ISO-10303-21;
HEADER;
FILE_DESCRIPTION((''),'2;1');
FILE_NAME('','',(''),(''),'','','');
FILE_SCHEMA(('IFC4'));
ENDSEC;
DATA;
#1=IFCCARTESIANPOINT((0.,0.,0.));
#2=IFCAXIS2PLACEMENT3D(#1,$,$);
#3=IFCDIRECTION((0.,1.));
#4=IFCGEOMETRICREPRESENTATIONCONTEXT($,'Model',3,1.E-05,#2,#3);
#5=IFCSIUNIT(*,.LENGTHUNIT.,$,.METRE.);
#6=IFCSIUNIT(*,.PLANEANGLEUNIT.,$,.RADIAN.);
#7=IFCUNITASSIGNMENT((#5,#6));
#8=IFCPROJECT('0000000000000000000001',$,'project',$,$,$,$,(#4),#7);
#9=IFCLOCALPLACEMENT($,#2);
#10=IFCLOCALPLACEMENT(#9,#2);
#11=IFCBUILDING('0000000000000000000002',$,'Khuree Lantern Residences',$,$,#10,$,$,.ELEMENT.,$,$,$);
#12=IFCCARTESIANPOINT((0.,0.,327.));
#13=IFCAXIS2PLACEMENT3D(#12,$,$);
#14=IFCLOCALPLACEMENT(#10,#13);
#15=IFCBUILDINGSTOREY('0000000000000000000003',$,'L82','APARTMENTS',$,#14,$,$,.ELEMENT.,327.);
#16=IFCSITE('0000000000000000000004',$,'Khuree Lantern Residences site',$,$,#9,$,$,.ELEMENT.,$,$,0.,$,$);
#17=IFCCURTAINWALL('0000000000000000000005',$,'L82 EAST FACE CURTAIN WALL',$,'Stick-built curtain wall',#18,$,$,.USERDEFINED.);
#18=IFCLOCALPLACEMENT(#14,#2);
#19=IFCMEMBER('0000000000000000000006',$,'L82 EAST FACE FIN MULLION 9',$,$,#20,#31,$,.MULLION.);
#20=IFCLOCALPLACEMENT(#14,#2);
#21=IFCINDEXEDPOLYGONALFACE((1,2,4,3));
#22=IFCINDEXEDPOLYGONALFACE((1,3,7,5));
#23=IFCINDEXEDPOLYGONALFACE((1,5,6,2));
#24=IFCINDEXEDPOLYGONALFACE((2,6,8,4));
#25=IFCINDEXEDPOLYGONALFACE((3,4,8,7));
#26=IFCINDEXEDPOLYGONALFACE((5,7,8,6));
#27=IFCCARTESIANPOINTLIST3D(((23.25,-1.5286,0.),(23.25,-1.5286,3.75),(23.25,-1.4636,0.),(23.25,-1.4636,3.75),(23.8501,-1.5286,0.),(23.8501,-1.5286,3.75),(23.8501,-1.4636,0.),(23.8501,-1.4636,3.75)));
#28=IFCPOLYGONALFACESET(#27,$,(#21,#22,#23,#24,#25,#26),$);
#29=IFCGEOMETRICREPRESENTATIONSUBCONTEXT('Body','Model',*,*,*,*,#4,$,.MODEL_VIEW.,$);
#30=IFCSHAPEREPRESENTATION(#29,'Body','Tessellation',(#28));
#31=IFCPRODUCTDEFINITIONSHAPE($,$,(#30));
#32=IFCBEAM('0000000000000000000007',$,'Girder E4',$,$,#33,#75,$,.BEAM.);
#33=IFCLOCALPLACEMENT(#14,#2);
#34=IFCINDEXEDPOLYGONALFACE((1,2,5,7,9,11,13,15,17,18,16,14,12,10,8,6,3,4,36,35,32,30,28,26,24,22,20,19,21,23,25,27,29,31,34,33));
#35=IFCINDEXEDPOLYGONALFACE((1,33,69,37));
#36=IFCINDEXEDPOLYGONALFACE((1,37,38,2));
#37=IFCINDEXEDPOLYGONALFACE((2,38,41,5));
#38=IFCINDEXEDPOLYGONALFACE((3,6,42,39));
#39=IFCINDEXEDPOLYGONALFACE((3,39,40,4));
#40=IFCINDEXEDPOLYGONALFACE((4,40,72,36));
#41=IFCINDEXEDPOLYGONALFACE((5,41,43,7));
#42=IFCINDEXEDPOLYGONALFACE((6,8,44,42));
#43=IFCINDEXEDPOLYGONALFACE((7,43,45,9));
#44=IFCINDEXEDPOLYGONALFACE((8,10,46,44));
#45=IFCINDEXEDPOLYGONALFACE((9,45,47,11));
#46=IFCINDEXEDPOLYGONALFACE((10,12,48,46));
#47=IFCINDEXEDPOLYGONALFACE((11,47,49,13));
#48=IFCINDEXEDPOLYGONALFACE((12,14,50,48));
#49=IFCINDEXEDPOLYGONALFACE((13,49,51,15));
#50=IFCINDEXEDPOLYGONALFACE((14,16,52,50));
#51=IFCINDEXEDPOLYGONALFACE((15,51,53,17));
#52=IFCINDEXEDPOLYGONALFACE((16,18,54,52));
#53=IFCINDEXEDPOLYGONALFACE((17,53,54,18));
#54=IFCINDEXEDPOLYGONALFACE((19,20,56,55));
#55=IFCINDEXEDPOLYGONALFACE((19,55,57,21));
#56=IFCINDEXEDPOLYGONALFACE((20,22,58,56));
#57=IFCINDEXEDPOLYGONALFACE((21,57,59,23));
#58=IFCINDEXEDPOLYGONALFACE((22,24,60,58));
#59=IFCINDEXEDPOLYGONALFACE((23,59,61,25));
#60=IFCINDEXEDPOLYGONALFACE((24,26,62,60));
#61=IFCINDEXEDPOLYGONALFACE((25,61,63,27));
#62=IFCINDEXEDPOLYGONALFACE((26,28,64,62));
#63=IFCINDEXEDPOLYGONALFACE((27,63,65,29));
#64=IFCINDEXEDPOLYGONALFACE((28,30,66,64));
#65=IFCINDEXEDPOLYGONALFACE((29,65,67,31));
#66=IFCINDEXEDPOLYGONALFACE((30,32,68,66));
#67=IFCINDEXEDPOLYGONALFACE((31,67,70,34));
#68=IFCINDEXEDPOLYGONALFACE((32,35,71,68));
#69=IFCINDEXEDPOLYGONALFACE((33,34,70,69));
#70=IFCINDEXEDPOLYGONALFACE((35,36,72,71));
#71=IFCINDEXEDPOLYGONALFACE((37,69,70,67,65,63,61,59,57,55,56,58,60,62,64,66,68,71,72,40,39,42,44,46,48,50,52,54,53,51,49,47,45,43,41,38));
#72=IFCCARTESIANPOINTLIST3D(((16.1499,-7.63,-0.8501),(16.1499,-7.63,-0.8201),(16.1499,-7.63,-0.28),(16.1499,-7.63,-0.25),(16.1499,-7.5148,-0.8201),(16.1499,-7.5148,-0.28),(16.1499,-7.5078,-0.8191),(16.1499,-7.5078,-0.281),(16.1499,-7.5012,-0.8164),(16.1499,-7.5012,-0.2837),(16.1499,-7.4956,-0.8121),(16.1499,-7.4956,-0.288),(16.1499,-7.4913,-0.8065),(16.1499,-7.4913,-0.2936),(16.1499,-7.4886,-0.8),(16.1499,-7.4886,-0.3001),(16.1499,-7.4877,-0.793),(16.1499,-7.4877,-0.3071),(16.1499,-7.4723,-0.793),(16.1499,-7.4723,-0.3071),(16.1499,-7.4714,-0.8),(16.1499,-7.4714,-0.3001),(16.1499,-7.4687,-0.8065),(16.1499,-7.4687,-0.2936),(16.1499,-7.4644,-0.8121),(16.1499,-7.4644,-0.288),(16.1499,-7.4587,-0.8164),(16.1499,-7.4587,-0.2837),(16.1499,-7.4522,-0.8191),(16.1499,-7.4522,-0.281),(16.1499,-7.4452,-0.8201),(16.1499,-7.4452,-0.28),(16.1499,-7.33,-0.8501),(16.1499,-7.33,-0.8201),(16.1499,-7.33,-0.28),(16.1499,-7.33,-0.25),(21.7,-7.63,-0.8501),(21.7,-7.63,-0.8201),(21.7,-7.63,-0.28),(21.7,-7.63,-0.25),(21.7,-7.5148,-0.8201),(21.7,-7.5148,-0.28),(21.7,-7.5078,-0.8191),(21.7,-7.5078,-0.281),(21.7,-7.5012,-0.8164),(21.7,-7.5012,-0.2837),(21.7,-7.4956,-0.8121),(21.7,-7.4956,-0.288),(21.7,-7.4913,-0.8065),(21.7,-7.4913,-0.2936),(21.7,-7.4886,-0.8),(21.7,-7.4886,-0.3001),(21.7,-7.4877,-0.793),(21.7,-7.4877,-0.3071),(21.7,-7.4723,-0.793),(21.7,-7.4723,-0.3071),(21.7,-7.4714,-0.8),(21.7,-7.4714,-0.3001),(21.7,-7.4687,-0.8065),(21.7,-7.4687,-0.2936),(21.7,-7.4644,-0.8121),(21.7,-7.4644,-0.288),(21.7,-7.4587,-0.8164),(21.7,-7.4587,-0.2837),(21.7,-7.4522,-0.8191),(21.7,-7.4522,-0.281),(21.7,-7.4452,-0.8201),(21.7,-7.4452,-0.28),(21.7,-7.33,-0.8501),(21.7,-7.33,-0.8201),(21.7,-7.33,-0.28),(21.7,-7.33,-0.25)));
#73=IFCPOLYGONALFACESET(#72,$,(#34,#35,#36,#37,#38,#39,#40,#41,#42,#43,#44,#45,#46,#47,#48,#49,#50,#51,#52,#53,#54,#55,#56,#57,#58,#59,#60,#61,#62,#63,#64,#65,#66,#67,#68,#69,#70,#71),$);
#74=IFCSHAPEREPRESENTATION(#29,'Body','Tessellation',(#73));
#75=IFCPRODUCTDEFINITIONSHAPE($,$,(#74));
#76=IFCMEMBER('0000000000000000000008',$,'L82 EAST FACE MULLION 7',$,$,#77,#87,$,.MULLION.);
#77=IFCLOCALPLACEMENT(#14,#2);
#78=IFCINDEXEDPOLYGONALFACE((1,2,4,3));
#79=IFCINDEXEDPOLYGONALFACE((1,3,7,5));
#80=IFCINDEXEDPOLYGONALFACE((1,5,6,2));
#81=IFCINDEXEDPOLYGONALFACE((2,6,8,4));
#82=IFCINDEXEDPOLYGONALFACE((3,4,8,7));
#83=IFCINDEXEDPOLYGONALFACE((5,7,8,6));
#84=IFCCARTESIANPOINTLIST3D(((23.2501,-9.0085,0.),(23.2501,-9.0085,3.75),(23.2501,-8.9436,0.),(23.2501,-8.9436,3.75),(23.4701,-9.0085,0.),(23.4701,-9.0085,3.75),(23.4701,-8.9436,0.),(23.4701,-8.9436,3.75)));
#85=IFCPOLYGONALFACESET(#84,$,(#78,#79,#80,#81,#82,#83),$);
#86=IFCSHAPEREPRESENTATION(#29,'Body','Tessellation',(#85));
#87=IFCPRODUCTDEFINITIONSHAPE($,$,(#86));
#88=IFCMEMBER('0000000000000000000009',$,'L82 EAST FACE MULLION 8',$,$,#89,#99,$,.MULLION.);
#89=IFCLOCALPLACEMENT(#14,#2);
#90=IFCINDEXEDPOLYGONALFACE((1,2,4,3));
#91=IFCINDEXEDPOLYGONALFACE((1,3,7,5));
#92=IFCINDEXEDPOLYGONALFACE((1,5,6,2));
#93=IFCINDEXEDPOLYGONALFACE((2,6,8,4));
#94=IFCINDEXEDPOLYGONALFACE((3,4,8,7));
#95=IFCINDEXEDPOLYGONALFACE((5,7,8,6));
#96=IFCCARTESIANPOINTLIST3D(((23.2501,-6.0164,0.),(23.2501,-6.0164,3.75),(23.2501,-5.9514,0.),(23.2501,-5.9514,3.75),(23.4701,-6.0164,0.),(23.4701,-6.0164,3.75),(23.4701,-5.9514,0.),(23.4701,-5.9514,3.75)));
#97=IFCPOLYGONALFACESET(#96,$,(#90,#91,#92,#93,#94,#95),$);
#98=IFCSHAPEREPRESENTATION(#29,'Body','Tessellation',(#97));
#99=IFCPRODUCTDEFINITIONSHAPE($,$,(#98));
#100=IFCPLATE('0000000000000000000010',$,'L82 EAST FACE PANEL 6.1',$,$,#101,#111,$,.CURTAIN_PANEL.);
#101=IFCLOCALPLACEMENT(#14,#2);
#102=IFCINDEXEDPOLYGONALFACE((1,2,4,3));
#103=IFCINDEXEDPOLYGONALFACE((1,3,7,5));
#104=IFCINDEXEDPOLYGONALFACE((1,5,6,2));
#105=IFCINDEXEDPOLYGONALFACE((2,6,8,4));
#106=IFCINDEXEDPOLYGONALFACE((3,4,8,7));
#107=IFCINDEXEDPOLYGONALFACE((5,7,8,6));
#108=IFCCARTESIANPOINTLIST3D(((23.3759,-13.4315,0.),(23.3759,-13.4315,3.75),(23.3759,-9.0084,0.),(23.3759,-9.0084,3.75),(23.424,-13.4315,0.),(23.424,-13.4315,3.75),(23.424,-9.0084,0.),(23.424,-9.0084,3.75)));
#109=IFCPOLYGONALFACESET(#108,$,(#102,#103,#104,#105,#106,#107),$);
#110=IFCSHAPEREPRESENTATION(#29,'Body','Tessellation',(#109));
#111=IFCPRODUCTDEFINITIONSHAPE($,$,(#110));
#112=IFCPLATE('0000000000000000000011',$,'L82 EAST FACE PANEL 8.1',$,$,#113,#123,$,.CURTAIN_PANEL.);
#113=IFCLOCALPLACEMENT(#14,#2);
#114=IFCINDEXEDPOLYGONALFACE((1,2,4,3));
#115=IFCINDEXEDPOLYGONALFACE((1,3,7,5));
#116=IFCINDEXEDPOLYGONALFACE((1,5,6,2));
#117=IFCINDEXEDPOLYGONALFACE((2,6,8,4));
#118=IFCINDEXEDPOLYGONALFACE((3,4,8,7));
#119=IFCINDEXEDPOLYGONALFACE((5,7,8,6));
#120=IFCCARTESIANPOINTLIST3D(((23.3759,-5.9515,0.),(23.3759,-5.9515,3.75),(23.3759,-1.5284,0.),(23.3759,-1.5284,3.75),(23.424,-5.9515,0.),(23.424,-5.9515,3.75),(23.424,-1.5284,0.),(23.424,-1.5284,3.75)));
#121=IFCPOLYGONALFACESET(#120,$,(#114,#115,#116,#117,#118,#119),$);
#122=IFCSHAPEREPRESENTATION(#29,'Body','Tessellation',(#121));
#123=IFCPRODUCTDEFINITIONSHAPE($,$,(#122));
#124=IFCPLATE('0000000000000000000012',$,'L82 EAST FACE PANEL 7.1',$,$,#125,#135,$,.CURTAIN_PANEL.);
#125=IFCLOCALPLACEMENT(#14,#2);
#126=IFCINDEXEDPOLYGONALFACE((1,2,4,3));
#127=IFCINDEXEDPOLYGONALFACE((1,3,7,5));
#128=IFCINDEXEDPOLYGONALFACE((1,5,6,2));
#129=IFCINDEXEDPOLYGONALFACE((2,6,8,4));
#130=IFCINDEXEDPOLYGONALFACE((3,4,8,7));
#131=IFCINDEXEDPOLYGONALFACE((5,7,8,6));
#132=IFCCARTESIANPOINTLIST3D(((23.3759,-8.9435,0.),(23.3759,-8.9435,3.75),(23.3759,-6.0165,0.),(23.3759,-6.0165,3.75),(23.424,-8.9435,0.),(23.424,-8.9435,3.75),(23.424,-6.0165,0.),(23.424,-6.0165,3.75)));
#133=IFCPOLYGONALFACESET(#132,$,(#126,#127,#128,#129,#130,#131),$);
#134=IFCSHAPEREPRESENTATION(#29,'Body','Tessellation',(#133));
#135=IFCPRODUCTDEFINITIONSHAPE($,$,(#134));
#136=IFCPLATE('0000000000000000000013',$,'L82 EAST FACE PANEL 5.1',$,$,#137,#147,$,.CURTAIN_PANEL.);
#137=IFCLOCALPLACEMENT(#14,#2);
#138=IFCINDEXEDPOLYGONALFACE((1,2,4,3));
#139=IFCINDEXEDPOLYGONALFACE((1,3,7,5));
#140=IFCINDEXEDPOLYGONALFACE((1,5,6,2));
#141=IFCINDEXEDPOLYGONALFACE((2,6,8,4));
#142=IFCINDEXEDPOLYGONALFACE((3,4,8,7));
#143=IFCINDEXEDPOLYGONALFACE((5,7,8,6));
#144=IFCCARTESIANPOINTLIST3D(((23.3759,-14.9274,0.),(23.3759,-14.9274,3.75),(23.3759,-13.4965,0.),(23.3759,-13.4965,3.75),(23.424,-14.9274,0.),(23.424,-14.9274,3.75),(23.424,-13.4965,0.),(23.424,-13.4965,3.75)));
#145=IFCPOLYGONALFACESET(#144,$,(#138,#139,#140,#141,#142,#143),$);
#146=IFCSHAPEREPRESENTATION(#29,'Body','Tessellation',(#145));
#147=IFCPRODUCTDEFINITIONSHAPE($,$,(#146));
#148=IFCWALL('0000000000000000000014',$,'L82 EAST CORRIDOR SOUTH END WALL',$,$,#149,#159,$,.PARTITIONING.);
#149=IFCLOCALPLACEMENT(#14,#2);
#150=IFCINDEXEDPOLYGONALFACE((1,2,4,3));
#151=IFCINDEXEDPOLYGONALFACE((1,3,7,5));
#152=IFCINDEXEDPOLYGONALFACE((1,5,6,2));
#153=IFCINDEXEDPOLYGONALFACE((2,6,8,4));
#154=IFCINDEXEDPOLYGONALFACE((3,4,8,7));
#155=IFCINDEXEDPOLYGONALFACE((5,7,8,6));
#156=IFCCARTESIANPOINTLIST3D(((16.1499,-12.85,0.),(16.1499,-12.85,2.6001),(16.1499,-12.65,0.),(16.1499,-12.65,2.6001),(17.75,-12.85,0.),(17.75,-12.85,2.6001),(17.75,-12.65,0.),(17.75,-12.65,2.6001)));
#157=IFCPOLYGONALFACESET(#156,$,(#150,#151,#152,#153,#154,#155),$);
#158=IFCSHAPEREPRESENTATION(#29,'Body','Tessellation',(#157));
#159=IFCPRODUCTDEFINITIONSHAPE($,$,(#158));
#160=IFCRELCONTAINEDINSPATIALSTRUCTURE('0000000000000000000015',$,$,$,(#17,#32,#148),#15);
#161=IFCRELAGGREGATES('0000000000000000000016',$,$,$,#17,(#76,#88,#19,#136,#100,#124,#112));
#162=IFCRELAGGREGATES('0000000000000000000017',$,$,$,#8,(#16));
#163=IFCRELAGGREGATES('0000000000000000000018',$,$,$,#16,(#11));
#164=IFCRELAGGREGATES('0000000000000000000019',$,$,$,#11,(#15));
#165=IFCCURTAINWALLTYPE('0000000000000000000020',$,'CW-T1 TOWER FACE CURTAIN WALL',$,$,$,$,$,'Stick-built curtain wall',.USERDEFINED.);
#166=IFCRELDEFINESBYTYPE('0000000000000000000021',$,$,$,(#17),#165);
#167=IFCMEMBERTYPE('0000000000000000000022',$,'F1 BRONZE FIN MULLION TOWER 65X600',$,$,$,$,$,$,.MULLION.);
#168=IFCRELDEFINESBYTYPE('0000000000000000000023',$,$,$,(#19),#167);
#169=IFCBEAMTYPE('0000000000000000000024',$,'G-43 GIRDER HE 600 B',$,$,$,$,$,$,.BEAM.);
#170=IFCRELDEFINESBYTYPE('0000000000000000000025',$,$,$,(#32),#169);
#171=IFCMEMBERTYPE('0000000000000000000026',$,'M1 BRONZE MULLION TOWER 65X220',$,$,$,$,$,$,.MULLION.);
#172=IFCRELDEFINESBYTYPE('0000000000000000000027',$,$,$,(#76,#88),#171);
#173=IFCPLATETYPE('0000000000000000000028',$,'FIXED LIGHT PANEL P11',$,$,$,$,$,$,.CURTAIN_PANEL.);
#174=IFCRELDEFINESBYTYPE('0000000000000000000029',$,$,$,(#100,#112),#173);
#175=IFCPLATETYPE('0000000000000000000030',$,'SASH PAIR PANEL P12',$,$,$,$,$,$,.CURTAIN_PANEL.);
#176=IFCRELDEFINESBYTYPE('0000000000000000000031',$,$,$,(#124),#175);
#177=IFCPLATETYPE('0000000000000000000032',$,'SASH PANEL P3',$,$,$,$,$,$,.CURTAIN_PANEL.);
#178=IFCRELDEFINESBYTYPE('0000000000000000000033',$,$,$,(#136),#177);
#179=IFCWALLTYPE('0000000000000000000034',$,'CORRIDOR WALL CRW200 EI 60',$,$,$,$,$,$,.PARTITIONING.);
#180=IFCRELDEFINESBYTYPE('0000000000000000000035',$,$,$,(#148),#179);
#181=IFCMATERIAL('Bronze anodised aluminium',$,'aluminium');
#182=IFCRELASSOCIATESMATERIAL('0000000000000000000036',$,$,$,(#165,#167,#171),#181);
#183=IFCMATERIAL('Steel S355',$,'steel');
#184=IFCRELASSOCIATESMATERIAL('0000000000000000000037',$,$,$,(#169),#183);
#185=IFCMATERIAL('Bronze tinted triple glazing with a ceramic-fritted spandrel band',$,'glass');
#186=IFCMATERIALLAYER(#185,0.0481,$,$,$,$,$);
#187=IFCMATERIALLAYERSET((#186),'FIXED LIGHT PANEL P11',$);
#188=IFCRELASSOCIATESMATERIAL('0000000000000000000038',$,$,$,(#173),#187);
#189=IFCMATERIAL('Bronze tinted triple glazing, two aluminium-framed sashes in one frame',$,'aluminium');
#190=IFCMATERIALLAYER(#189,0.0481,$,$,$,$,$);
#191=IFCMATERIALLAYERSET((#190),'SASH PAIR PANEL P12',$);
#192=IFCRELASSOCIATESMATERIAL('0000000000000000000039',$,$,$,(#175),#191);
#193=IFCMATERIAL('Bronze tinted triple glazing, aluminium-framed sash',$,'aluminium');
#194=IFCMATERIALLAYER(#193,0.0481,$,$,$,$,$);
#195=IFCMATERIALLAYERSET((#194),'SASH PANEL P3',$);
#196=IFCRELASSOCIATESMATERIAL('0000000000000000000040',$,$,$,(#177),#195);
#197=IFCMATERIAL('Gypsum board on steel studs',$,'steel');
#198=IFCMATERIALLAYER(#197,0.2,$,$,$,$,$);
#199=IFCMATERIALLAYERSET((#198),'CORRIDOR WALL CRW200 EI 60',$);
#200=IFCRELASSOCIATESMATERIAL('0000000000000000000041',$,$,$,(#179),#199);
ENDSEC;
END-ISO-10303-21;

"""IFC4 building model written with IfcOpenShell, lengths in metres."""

from ifc_helpers import new_model, si_unit, direction, frame, frame_2d, origin, origin_2d, place, context, subcontext, project, spatial, rectangle, i_section, extrude, material, layer, layer_set, material_profile, profile_set, type_object, element, aggregate, save


model = new_model("IFC4")

# Units and contexts
model_context = context("Model", 3, precision=1e-05, world=origin(), true_north=direction((0.0, 1.0)))
body_context = subcontext(model_context, "Body", "Model", "MODEL_VIEW")
ifc_project = project(units=[si_unit("LENGTHUNIT", "METRE"), si_unit("PLANEANGLEUNIT", "RADIAN")], contexts=[model_context])

# Site, building, storey
site_placement = place(None, origin())
site = spatial("IfcSite", under=ifc_project, at=site_placement, Name="Khuree Lantern Residences site", CompositionType="ELEMENT", RefElevation=0.0)
building_placement = place(site_placement, origin())
building = spatial("IfcBuilding", under=site, at=building_placement, Name="Khuree Lantern Residences", CompositionType="ELEMENT")
storey_placement = place(building_placement, frame((0.0, 0.0, 327.0)))
storey = spatial("IfcBuildingStorey", under=building, at=storey_placement, Name="L82", Description="APARTMENTS", CompositionType="ELEMENT", Elevation=327.0)

# Shared definitions
ifc_material_1 = material(Name="Steel S355", Category="steel")

# Curtain wall, member
ifc_material_2 = material(Name="Bronze anodised aluminium", Category="aluminium")
curtain_wall_type = type_object("IfcCurtainWallType", Name="CW-T1 TOWER FACE CURTAIN WALL", ElementType="Stick-built curtain wall", PredefinedType="USERDEFINED", material=ifc_material_2)
curtain_wall_placement = place(storey_placement, origin())
curtain_wall = element("IfcCurtainWall", 1, at=curtain_wall_placement, inside=storey, type_object=curtain_wall_type, Name="L82 EAST FACE CURTAIN WALL", ObjectType="Stick-built curtain wall", PredefinedType="USERDEFINED")
ifc_material_profile_1 = material_profile(ifc_material_2, rectangle(XDim=0.0649, YDim=0.6001, at=origin_2d()), Name="F1 65X600")
ifc_profile_set_1 = profile_set([ifc_material_profile_1], Name="Bronze anodised aluminium")
member_type_1 = type_object("IfcMemberType", Name="F1 BRONZE FIN MULLION TOWER 65X600", PredefinedType="MULLION", material=ifc_profile_set_1)
member_1_placement = place(storey_placement, frame((23.55, -1.4961, 0.0), z_axis=(0.0, 0.0, 1.0), x_axis=(0.0, 1.0, 0.0)))
member_1 = element("IfcMember", 2, at=member_1_placement, type_object=member_type_1, Name="L82 EAST FACE FIN MULLION 9", PredefinedType="MULLION", context=body_context, shape_type="SweptSolid", body=[
    extrude(rectangle(XDim=0.0649, YDim=0.6001, at=origin_2d()), origin(), (0.0, 0.0, 1.0), 3.75),
])

# Beam
ifc_material_profile_2 = material_profile(ifc_material_1, i_section(OverallWidth=0.3, OverallDepth=0.6001, WebThickness=0.0154, FlangeThickness=0.03, FilletRadius=0.0271, at=origin_2d()), Name="HE 600 B")
ifc_profile_set_2 = profile_set([ifc_material_profile_2], Name="Steel S355")
beam_type_1 = type_object("IfcBeamType", Name="G-43 GIRDER HE 600 B", PredefinedType="BEAM", material=ifc_profile_set_2)
beam_1_placement = place(storey_placement, frame((21.7, -7.48, -0.55), z_axis=(-1.0, 0.0, 0.0), x_axis=(0.0, -1.0, 0.0)))
element("IfcBeam", 3, at=beam_1_placement, inside=storey, type_object=beam_type_1, Name="Girder E4", PredefinedType="BEAM", context=body_context, shape_type="SweptSolid", body=[
    extrude(i_section(OverallWidth=0.3, OverallDepth=0.6001, WebThickness=0.0154, FlangeThickness=0.03, FilletRadius=0.0271, at=origin_2d()), origin(), (0.0, 0.0, 1.0), 5.55),
])

# Members
ifc_material_profile_3 = material_profile(ifc_material_2, rectangle(XDim=0.0649, YDim=0.22, at=origin_2d()), Name="M1 65X220")
ifc_profile_set_3 = profile_set([ifc_material_profile_3], Name="Bronze anodised aluminium")
member_type_2 = type_object("IfcMemberType", Name="M1 BRONZE MULLION TOWER 65X220", PredefinedType="MULLION", material=ifc_profile_set_3)
member_2_placement = place(storey_placement, frame((23.3601, -8.9761, 0.0), z_axis=(0.0, 0.0, 1.0), x_axis=(0.0, 1.0, 0.0)))
member_2 = element("IfcMember", 4, at=member_2_placement, type_object=member_type_2, Name="L82 EAST FACE MULLION 7", PredefinedType="MULLION", context=body_context, shape_type="SweptSolid", body=[
    extrude(rectangle(XDim=0.0649, YDim=0.22, at=origin_2d()), origin(), (0.0, 0.0, 1.0), 3.75),
])
member_3_placement = place(storey_placement, frame((23.3601, -5.9839, 0.0), z_axis=(0.0, 0.0, 1.0), x_axis=(0.0, 1.0, 0.0)))
member_3 = element("IfcMember", 5, at=member_3_placement, type_object=member_type_2, Name="L82 EAST FACE MULLION 8", PredefinedType="MULLION", context=body_context, shape_type="SweptSolid", body=[
    extrude(rectangle(XDim=0.0649, YDim=0.22, at=origin_2d()), origin(), (0.0, 0.0, 1.0), 3.75),
])

# Plates
ifc_material_3 = material(Name="Bronze tinted triple glazing with a ceramic-fritted spandrel band", Category="glass")
ifc_layer_1 = layer(ifc_material_3, 0.0481)
ifc_layer_set_1 = layer_set([ifc_layer_1], Name="FIXED LIGHT PANEL P11")
plate_type_1 = type_object("IfcPlateType", Name="FIXED LIGHT PANEL P11", PredefinedType="CURTAIN_PANEL", material=ifc_layer_set_1)
plate_1_placement = place(storey_placement, frame((23.3999, -11.22, 0.0), z_axis=(0.0, 0.0, 1.0), x_axis=(0.0, 1.0, 0.0)))
plate_1 = element("IfcPlate", 6, at=plate_1_placement, type_object=plate_type_1, Name="L82 EAST FACE PANEL 6.1", PredefinedType="CURTAIN_PANEL", context=body_context, shape_type="SweptSolid", body=[
    extrude(rectangle(XDim=4.4231, YDim=0.0481, at=origin_2d()), origin(), (0.0, 0.0, 1.0), 3.75),
])
plate_2_placement = place(storey_placement, frame((23.3999, -3.74, 0.0), z_axis=(0.0, 0.0, 1.0), x_axis=(0.0, 1.0, 0.0)))
plate_2 = element("IfcPlate", 7, at=plate_2_placement, type_object=plate_type_1, Name="L82 EAST FACE PANEL 8.1", PredefinedType="CURTAIN_PANEL", context=body_context, shape_type="SweptSolid", body=[
    extrude(rectangle(XDim=4.4231, YDim=0.0481, at=origin_2d()), origin(), (0.0, 0.0, 1.0), 3.75),
])
ifc_material_4 = material(Name="Bronze tinted triple glazing, two aluminium-framed sashes in one frame", Category="aluminium")
ifc_layer_2 = layer(ifc_material_4, 0.0481)
ifc_layer_set_2 = layer_set([ifc_layer_2], Name="SASH PAIR PANEL P12")
plate_type_2 = type_object("IfcPlateType", Name="SASH PAIR PANEL P12", PredefinedType="CURTAIN_PANEL", material=ifc_layer_set_2)
plate_3_placement = place(storey_placement, frame((23.3999, -7.48, 0.0), z_axis=(0.0, 0.0, 1.0), x_axis=(0.0, 1.0, 0.0)))
plate_3 = element("IfcPlate", 8, at=plate_3_placement, type_object=plate_type_2, Name="L82 EAST FACE PANEL 7.1", PredefinedType="CURTAIN_PANEL", context=body_context, shape_type="SweptSolid", body=[
    extrude(rectangle(XDim=2.927, YDim=0.0481, at=origin_2d()), origin(), (0.0, 0.0, 1.0), 3.75),
])
ifc_material_5 = material(Name="Bronze tinted triple glazing, aluminium-framed sash", Category="aluminium")
ifc_layer_3 = layer(ifc_material_5, 0.0481)
ifc_layer_set_3 = layer_set([ifc_layer_3], Name="SASH PANEL P3")
plate_type_3 = type_object("IfcPlateType", Name="SASH PANEL P3", PredefinedType="CURTAIN_PANEL", material=ifc_layer_set_3)
plate_4_placement = place(storey_placement, frame((23.3999, -14.2119, 0.0), z_axis=(0.0, 0.0, 1.0), x_axis=(0.0, 1.0, 0.0)))
plate_4 = element("IfcPlate", 9, at=plate_4_placement, type_object=plate_type_3, Name="L82 EAST FACE PANEL 5.1", PredefinedType="CURTAIN_PANEL", context=body_context, shape_type="SweptSolid", body=[
    extrude(rectangle(XDim=1.4309, YDim=0.0481, at=origin_2d()), origin(), (0.0, 0.0, 1.0), 3.75),
])
aggregate(curtain_wall, [member_2, member_3, member_1, plate_4, plate_1, plate_3, plate_2])

# Wall
ifc_material_6 = material(Name="Gypsum board on steel studs", Category="steel")
ifc_layer_4 = layer(ifc_material_6, 0.2)
ifc_layer_set_4 = layer_set([ifc_layer_4], Name="CORRIDOR WALL CRW200 EI 60")
wall_type_1 = type_object("IfcWallType", Name="CORRIDOR WALL CRW200 EI 60", PredefinedType="PARTITIONING", material=ifc_layer_set_4)
wall_1_placement = place(storey_placement, frame((16.1499, -12.75, 0.0), z_axis=(0.0, 0.0, 1.0), x_axis=(1.0, 0.0, 0.0)))
element("IfcWall", 10, at=wall_1_placement, inside=storey, type_object=wall_type_1, Name="L82 EAST CORRIDOR SOUTH END WALL", PredefinedType="PARTITIONING", context=body_context, shape_type="SweptSolid", body=[
    extrude(rectangle(XDim=1.6001, YDim=0.2, at=frame_2d((0.8, 0.0))), origin(), (0.0, 0.0, 1.0), 2.6001),
])

save(model, "model.ifc")
